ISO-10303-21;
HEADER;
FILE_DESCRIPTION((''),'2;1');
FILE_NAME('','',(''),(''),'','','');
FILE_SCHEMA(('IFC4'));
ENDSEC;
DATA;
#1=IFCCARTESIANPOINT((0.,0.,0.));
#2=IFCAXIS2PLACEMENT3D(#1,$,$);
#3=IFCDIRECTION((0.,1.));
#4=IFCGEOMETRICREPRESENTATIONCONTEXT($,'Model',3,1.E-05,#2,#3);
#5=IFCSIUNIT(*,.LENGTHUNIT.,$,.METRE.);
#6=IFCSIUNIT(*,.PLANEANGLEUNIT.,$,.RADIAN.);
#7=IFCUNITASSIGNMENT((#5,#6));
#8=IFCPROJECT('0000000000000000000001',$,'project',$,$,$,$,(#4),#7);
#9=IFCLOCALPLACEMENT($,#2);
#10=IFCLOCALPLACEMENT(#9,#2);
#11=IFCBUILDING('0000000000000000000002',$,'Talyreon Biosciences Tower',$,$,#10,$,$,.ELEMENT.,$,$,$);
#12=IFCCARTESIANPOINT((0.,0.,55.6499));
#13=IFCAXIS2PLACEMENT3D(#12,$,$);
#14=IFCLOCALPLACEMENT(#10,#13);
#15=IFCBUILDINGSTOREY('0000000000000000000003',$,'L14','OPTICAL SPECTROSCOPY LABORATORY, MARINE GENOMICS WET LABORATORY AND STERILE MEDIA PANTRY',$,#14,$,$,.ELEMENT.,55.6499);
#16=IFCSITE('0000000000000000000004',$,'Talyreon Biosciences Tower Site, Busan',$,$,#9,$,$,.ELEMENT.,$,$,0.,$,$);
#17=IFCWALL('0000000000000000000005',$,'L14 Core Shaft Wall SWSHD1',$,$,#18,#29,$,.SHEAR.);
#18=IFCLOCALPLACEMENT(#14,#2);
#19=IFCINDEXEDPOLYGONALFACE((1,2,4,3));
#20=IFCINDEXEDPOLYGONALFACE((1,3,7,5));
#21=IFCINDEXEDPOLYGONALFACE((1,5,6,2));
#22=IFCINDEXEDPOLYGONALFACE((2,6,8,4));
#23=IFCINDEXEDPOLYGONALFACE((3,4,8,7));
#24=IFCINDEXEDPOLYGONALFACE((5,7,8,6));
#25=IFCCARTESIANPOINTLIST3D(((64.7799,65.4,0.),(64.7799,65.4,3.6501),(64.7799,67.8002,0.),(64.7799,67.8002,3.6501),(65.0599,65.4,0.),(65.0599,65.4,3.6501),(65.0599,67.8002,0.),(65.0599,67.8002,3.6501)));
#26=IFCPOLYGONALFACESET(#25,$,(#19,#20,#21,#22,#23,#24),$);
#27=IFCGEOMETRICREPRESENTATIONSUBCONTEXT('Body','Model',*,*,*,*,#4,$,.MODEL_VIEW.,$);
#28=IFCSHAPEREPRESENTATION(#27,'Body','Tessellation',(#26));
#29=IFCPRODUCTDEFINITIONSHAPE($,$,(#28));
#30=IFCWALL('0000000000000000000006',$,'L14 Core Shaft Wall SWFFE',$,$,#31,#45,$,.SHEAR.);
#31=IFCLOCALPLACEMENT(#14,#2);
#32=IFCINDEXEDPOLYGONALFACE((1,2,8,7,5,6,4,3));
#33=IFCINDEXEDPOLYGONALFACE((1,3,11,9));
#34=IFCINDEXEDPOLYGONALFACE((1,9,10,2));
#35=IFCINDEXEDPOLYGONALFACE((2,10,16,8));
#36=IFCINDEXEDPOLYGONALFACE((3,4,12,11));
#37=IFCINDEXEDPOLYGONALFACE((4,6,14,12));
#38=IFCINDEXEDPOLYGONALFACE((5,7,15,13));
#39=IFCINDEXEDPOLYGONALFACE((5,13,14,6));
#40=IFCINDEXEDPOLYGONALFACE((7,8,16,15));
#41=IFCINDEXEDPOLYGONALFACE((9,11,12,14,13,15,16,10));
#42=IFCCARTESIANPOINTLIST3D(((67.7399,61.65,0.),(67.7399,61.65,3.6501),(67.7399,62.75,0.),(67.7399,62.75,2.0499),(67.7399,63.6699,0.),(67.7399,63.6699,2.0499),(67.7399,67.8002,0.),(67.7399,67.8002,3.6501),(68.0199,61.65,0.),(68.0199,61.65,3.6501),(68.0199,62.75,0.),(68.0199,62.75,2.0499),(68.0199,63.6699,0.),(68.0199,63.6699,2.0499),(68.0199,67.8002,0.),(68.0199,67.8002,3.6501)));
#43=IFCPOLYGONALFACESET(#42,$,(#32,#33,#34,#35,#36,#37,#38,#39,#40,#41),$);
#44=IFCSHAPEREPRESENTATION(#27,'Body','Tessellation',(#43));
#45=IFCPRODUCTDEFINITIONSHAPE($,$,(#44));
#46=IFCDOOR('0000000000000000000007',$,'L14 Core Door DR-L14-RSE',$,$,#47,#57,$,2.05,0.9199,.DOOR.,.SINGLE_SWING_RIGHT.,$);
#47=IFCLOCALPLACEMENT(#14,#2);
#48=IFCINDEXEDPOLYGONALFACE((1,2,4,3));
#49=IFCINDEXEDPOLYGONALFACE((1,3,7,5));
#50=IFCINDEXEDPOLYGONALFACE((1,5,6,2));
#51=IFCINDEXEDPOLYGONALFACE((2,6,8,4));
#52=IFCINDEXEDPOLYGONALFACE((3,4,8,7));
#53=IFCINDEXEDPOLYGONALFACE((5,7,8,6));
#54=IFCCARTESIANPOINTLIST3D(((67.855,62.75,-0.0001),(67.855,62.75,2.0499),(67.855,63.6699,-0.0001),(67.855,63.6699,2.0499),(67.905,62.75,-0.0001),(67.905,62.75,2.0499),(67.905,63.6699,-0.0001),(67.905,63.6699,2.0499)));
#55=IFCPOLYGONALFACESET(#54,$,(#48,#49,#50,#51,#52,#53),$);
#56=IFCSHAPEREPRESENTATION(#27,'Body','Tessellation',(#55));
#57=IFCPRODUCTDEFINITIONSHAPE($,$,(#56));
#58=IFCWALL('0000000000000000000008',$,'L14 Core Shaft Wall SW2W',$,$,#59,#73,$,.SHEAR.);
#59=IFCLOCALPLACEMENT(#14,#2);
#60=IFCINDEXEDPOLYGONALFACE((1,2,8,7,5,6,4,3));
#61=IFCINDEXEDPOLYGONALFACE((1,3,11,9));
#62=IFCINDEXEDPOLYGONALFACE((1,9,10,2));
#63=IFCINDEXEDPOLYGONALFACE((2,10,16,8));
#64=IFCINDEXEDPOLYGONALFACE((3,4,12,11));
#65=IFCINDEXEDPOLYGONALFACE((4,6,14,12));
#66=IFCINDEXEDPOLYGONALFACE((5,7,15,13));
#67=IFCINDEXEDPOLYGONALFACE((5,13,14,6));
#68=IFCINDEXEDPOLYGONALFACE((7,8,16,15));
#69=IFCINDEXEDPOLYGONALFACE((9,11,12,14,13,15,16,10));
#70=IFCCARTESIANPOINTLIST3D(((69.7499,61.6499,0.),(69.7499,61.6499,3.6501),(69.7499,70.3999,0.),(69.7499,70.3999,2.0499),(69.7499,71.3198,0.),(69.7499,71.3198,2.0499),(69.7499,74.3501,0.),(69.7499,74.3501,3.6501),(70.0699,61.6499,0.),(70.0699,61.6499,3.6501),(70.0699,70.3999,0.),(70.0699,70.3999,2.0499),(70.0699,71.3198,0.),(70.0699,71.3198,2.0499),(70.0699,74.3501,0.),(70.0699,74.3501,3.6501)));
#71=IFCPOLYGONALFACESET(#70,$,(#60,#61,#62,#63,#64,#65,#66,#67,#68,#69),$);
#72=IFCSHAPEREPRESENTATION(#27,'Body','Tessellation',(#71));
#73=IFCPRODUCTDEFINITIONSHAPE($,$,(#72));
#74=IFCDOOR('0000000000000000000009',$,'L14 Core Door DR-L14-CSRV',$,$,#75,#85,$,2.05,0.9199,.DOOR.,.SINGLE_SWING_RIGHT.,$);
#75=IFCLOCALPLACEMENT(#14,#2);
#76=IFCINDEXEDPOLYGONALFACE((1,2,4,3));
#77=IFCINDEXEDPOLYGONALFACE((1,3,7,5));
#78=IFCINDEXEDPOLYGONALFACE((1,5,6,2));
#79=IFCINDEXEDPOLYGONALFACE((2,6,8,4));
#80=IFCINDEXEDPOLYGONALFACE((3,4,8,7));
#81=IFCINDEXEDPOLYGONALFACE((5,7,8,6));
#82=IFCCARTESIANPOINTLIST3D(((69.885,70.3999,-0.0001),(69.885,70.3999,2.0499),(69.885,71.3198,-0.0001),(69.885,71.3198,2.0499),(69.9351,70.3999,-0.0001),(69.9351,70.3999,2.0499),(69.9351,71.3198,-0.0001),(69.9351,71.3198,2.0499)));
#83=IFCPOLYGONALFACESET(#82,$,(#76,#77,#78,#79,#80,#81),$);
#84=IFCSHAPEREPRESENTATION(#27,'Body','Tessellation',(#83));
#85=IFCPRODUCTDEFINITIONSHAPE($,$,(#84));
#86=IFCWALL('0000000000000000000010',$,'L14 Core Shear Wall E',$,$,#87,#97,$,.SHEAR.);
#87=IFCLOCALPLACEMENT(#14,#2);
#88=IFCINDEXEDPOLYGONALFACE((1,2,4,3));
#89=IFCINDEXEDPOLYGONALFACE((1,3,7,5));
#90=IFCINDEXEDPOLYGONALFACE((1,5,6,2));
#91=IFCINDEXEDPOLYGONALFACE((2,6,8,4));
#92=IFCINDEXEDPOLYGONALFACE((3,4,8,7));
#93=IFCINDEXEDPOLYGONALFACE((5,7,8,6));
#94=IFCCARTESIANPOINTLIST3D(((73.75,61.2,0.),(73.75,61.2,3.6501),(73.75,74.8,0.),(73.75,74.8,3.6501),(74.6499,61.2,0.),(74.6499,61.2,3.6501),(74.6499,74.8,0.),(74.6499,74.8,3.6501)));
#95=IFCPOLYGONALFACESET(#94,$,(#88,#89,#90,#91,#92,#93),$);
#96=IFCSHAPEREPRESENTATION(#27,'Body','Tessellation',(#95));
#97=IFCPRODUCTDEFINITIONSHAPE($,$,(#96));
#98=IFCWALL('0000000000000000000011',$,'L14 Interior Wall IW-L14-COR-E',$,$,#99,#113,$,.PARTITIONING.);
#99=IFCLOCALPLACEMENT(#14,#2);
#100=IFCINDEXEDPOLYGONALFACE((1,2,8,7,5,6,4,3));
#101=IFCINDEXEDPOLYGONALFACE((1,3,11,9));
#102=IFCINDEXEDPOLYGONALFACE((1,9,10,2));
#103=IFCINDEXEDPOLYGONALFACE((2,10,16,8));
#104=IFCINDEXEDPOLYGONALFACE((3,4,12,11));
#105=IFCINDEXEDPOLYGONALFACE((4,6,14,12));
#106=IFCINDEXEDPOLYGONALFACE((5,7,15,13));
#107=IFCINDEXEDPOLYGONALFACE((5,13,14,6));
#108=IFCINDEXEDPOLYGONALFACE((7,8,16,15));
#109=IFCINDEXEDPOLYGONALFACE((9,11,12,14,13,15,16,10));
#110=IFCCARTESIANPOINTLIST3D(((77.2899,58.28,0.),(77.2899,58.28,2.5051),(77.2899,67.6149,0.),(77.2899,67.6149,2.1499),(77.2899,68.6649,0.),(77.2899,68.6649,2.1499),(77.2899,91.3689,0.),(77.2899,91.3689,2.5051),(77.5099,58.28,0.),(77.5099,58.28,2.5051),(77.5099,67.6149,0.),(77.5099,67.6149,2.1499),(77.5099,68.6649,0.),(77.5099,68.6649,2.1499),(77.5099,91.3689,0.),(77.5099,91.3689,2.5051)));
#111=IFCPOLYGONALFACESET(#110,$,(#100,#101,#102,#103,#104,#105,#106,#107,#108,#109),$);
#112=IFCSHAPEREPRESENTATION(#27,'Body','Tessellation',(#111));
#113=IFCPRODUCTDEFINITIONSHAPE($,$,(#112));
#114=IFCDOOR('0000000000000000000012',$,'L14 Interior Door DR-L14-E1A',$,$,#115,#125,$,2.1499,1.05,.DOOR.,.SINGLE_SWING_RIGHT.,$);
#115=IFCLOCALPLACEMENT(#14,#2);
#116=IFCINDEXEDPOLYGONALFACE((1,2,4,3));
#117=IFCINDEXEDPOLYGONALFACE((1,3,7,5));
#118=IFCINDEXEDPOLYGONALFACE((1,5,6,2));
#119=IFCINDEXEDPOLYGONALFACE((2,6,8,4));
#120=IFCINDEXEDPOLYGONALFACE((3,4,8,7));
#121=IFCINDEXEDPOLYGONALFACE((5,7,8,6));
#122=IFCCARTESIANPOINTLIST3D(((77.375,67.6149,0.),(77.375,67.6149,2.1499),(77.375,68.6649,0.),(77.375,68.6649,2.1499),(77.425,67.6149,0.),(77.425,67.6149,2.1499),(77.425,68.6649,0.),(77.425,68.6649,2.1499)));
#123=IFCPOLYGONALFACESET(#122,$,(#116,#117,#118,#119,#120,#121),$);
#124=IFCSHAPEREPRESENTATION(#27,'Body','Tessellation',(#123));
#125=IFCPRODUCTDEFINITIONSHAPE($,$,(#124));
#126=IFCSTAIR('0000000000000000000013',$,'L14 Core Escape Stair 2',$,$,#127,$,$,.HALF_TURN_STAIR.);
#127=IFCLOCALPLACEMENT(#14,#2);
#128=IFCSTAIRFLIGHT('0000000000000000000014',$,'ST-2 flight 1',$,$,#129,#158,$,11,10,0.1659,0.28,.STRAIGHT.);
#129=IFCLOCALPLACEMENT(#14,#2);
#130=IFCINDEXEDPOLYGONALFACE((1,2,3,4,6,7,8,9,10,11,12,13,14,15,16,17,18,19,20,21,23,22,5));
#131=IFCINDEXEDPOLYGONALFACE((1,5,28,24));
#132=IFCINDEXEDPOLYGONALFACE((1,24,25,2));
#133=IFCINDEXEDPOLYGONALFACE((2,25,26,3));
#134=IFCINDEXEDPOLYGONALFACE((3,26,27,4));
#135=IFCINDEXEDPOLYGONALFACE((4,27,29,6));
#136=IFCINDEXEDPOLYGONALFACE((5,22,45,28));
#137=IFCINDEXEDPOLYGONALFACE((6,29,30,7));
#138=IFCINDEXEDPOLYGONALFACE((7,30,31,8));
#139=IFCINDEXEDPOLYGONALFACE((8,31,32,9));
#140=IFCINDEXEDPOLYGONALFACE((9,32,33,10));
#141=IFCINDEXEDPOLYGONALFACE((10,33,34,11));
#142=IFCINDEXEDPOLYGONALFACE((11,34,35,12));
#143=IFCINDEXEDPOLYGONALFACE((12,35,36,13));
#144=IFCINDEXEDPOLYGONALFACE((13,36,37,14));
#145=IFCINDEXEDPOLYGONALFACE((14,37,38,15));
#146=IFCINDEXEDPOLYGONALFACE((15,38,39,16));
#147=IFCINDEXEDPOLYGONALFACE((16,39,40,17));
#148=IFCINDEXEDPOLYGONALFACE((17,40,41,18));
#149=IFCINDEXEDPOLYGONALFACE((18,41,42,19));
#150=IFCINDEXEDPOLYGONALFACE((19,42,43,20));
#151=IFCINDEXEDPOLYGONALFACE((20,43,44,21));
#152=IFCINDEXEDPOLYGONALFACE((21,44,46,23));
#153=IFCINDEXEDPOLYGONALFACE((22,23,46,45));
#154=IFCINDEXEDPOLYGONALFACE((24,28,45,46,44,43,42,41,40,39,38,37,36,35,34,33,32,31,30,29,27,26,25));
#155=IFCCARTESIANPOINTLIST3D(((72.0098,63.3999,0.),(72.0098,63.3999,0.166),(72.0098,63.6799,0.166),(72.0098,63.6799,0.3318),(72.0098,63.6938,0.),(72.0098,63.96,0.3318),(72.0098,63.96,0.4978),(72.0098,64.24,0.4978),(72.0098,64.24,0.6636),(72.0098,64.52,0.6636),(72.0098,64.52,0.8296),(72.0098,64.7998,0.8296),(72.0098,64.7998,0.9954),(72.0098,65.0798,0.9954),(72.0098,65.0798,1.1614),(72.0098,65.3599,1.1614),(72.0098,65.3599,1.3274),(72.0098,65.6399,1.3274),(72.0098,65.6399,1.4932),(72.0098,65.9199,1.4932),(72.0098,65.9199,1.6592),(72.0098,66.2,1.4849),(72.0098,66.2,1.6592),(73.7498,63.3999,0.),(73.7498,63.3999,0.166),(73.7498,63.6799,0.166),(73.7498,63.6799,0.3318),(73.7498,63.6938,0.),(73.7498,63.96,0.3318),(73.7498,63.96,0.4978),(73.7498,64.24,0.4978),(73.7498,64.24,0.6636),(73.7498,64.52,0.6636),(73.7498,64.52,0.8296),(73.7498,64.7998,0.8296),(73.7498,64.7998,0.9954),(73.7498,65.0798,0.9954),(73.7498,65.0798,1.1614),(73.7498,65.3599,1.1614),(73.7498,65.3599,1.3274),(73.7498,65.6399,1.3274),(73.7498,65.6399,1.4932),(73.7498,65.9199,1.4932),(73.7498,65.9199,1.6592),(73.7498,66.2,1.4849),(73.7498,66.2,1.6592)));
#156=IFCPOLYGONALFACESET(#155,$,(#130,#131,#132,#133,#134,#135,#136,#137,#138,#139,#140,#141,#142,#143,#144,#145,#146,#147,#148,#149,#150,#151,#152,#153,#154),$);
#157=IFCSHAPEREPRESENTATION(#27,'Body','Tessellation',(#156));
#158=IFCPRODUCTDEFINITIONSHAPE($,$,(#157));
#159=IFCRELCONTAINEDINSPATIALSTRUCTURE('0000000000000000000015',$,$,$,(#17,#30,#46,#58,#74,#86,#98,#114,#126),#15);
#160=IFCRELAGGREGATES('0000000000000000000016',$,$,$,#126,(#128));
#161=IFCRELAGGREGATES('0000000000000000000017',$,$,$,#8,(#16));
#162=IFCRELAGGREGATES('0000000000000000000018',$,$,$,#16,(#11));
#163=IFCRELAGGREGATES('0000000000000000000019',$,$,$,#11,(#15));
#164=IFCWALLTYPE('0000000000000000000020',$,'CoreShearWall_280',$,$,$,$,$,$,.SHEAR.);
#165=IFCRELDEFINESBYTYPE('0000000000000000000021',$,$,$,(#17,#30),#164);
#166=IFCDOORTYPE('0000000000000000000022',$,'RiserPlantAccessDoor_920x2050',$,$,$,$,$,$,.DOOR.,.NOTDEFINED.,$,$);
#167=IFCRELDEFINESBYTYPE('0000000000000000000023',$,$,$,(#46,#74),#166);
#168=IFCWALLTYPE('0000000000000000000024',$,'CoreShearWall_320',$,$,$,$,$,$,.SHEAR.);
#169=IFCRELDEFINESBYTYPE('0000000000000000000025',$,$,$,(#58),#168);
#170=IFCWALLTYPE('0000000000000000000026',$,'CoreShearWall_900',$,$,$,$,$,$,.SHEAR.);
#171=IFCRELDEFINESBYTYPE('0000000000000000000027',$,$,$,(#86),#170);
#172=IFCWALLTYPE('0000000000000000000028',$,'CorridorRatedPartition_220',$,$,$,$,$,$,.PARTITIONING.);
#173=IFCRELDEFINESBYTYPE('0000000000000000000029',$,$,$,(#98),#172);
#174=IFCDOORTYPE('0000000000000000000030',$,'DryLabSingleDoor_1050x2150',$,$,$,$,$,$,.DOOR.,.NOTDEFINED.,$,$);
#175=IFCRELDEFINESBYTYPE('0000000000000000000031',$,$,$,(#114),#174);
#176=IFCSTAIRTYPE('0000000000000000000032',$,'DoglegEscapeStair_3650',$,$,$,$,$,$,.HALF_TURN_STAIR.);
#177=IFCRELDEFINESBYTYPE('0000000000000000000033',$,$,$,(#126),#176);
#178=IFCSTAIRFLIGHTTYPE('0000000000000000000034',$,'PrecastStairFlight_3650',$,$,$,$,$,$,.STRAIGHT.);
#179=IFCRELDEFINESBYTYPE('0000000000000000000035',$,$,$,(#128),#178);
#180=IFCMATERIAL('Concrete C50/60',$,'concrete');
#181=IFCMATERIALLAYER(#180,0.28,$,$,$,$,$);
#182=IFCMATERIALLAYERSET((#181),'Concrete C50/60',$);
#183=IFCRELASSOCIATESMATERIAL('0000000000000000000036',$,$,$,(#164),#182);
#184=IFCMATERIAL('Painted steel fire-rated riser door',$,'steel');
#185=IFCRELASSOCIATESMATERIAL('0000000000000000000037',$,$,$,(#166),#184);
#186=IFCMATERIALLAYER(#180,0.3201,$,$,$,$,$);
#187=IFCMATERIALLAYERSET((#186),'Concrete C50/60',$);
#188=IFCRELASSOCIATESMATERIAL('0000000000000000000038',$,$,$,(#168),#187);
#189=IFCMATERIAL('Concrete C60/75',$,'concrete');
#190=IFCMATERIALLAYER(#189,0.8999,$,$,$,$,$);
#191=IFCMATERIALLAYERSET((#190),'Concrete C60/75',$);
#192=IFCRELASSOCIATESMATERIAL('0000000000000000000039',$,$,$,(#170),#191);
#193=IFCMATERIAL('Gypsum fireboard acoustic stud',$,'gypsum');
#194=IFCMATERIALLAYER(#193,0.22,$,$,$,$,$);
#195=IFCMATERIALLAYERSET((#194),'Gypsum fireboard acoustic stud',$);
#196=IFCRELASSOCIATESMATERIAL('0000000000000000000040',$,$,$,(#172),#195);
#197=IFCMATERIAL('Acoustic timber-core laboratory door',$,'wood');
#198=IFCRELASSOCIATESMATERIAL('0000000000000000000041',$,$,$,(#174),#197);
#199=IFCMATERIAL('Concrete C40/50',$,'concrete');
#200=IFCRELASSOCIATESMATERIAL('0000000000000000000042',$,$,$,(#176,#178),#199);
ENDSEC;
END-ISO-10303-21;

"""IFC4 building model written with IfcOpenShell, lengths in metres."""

from ifc_helpers import new_model, si_unit, direction, frame, frame_2d, origin, place, context, subcontext, project, spatial, polyline, rectangle, outline, extrude, material, layer, layer_set, type_object, element, fill, aggregate, save


model = new_model("IFC4")

# Units and contexts
model_context = context("Model", 3, precision=1e-05, world=origin(), true_north=direction((0.0, 1.0)))
body_context = subcontext(model_context, "Body", "Model", "MODEL_VIEW")
ifc_project = project(units=[si_unit("LENGTHUNIT", "METRE"), si_unit("PLANEANGLEUNIT", "RADIAN")], contexts=[model_context])

# Site, building, storey
site_placement = place(None, origin())
site = spatial("IfcSite", under=ifc_project, at=site_placement, Name="Talyreon Biosciences Tower Site, Busan", CompositionType="ELEMENT", RefElevation=0.0)
building_placement = place(site_placement, origin())
building = spatial("IfcBuilding", under=site, at=building_placement, Name="Talyreon Biosciences Tower", CompositionType="ELEMENT")
storey_placement = place(building_placement, frame((0.0, 0.0, 55.6499)))
storey = spatial("IfcBuildingStorey", under=building, at=storey_placement, Name="L14", Description="OPTICAL SPECTROSCOPY LABORATORY, MARINE GENOMICS WET LABORATORY AND STERILE MEDIA PANTRY", CompositionType="ELEMENT", Elevation=55.6499)

# Shared definitions
ifc_material_1 = material(Name="Concrete C60/75", Category="concrete")

# Wall
ifc_material_2 = material(Name="Concrete C50/60", Category="concrete")
ifc_layer_1 = layer(ifc_material_2, 0.28)
ifc_layer_set_1 = layer_set([ifc_layer_1], Name="Concrete C50/60")
wall_type_1 = type_object("IfcWallType", Name="CoreShearWall_280", PredefinedType="SHEAR", material=ifc_layer_set_1)
wall_1_placement = place(storey_placement, frame((64.9199, 65.3999, 0.0), z_axis=(0.0, 0.0, 1.0), x_axis=(0.0, 1.0, 0.0)))
element("IfcWall", 1, at=wall_1_placement, inside=storey, type_object=wall_type_1, Name="L14 Core Shaft Wall SWSHD1", PredefinedType="SHEAR", context=body_context, shape_type="SweptSolid", body=[
    extrude(rectangle(XDim=2.4001, YDim=0.28, at=frame_2d((1.2002, 0.0))), origin(), (0.0, 0.0, 1.0), 3.6501),
])

# Walls, openings, doors
wall_2_placement = place(storey_placement, frame((67.8799, 61.6499, 0.0), z_axis=(0.0, 0.0, 1.0), x_axis=(0.0, 1.0, 0.0)))
wall_2 = element("IfcWall", 2, at=wall_2_placement, inside=storey, type_object=wall_type_1, Name="L14 Core Shaft Wall SWFFE", PredefinedType="SHEAR", context=body_context, shape_type="SweptSolid", body=[
    extrude(rectangle(XDim=6.1501, YDim=0.28, at=frame_2d((3.0752, 0.0))), origin(), (0.0, 0.0, 1.0), 3.6501),
])
opening_1_placement = place(wall_2_placement, frame((1.1001, 0.0, 0.0)))
opening_1 = element("IfcOpeningElement", 3, at=opening_1_placement, cuts=wall_2, PredefinedType="OPENING", context=body_context, shape_type="SweptSolid", body=[
    extrude(rectangle(XDim=0.9199, YDim=2.05, at=frame_2d((0.46, 1.0249))), frame((0.0, 0.1499, 0.0), z_axis=(0.0, -1.0, 0.0), x_axis=(1.0, 0.0, 0.0)), (0.0, 0.0, 1.0), 0.3),
])
ifc_material_3 = material(Name="Painted steel fire-rated riser door", Category="steel")
door_type_1 = type_object("IfcDoorType", Name="RiserPlantAccessDoor_920x2050", OperationType="NOTDEFINED", PredefinedType="DOOR", material=ifc_material_3)
door_1_placement = place(opening_1_placement, origin())
door_1 = element("IfcDoor", 4, at=door_1_placement, inside=storey, type_object=door_type_1, Name="L14 Core Door DR-L14-RSE", OperationType="SINGLE_SWING_RIGHT", OverallHeight=2.05, OverallWidth=0.9199, PredefinedType="DOOR", context=body_context, shape_type="SweptSolid", body=[
    extrude(rectangle(XDim=0.9199, YDim=2.05, at=frame_2d((0.46, 1.0249))), frame((0.0, 0.0249, 0.0), z_axis=(0.0, -1.0, 0.0), x_axis=(1.0, 0.0, 0.0)), (0.0, 0.0, 1.0), 0.05),
])
fill(opening_1, door_1)
ifc_layer_2 = layer(ifc_material_2, 0.3201)
ifc_layer_set_2 = layer_set([ifc_layer_2], Name="Concrete C50/60")
wall_type_2 = type_object("IfcWallType", Name="CoreShearWall_320", PredefinedType="SHEAR", material=ifc_layer_set_2)
wall_3_placement = place(storey_placement, frame((69.9099, 61.6499, 0.0), z_axis=(0.0, 0.0, 1.0), x_axis=(0.0, 1.0, 0.0)))
wall_3 = element("IfcWall", 5, at=wall_3_placement, inside=storey, type_object=wall_type_2, Name="L14 Core Shaft Wall SW2W", PredefinedType="SHEAR", context=body_context, shape_type="SweptSolid", body=[
    extrude(rectangle(XDim=12.7002, YDim=0.3201, at=frame_2d((6.3501, 0.0))), origin(), (0.0, 0.0, 1.0), 3.6501),
])
opening_2_placement = place(wall_3_placement, frame((8.75, 0.0, 0.0)))
opening_2 = element("IfcOpeningElement", 6, at=opening_2_placement, cuts=wall_3, PredefinedType="OPENING", context=body_context, shape_type="SweptSolid", body=[
    extrude(rectangle(XDim=0.9199, YDim=2.05, at=frame_2d((0.46, 1.0249))), frame((0.0, 0.1699, 0.0), z_axis=(0.0, -1.0, 0.0), x_axis=(1.0, 0.0, 0.0)), (0.0, 0.0, 1.0), 0.3401),
])
door_2_placement = place(opening_2_placement, origin())
door_2 = element("IfcDoor", 7, at=door_2_placement, inside=storey, type_object=door_type_1, Name="L14 Core Door DR-L14-CSRV", OperationType="SINGLE_SWING_RIGHT", OverallHeight=2.05, OverallWidth=0.9199, PredefinedType="DOOR", context=body_context, shape_type="SweptSolid", body=[
    extrude(rectangle(XDim=0.9199, YDim=2.05, at=frame_2d((0.46, 1.0249))), frame((0.0, 0.0249, 0.0), z_axis=(0.0, -1.0, 0.0), x_axis=(1.0, 0.0, 0.0)), (0.0, 0.0, 1.0), 0.05),
])
fill(opening_2, door_2)

# Wall
ifc_layer_3 = layer(ifc_material_1, 0.8999)
ifc_layer_set_3 = layer_set([ifc_layer_3], Name="Concrete C60/75")
wall_type_3 = type_object("IfcWallType", Name="CoreShearWall_900", PredefinedType="SHEAR", material=ifc_layer_set_3)
wall_4_placement = place(storey_placement, frame((74.2, 61.2, 0.0), z_axis=(0.0, 0.0, 1.0), x_axis=(0.0, 1.0, 0.0)))
element("IfcWall", 8, at=wall_4_placement, inside=storey, type_object=wall_type_3, Name="L14 Core Shear Wall E", PredefinedType="SHEAR", context=body_context, shape_type="SweptSolid", body=[
    extrude(rectangle(XDim=13.6001, YDim=0.8999, at=frame_2d((6.8, 0.0))), origin(), (0.0, 0.0, 1.0), 3.6501),
])

# Wall, opening, door
ifc_material_4 = material(Name="Gypsum fireboard acoustic stud", Category="gypsum")
ifc_layer_4 = layer(ifc_material_4, 0.22)
ifc_layer_set_4 = layer_set([ifc_layer_4], Name="Gypsum fireboard acoustic stud")
wall_type_4 = type_object("IfcWallType", Name="CorridorRatedPartition_220", PredefinedType="PARTITIONING", material=ifc_layer_set_4)
wall_5_placement = place(storey_placement, frame((77.3999, 58.28, 0.0), z_axis=(0.0, 0.0, 1.0), x_axis=(0.0, 1.0, 0.0)))
wall_5 = element("IfcWall", 9, at=wall_5_placement, inside=storey, type_object=wall_type_4, Name="L14 Interior Wall IW-L14-COR-E", PredefinedType="PARTITIONING", context=body_context, shape_type="SweptSolid", body=[
    extrude(rectangle(XDim=33.0889, YDim=0.22, at=frame_2d((16.5444, 0.0))), origin(), (0.0, 0.0, 1.0), 2.5051),
])
opening_3_placement = place(wall_5_placement, frame((9.335, 0.0, 0.0)))
opening_3 = element("IfcOpeningElement", 10, at=opening_3_placement, cuts=wall_5, PredefinedType="OPENING", context=body_context, shape_type="SweptSolid", body=[
    extrude(rectangle(XDim=1.05, YDim=2.1499, at=frame_2d((0.5249, 1.075))), frame((0.0, 0.1199, 0.0), z_axis=(0.0, -1.0, 0.0), x_axis=(1.0, 0.0, 0.0)), (0.0, 0.0, 1.0), 0.24),
])
ifc_material_5 = material(Name="Acoustic timber-core laboratory door", Category="wood")
door_type_2 = type_object("IfcDoorType", Name="DryLabSingleDoor_1050x2150", OperationType="NOTDEFINED", PredefinedType="DOOR", material=ifc_material_5)
door_3_placement = place(opening_3_placement, origin())
door_3 = element("IfcDoor", 11, at=door_3_placement, inside=storey, type_object=door_type_2, Name="L14 Interior Door DR-L14-E1A", OperationType="SINGLE_SWING_RIGHT", OverallHeight=2.1499, OverallWidth=1.05, PredefinedType="DOOR", context=body_context, shape_type="SweptSolid", body=[
    extrude(rectangle(XDim=1.05, YDim=2.1499, at=frame_2d((0.5249, 1.075))), frame((0.0, 0.0249, 0.0), z_axis=(0.0, -1.0, 0.0), x_axis=(1.0, 0.0, 0.0)), (0.0, 0.0, 1.0), 0.05),
])
fill(opening_3, door_3)

# Stair, stair flight
ifc_material_6 = material(Name="Concrete C40/50", Category="concrete")
stair_type = type_object("IfcStairType", Name="DoglegEscapeStair_3650", PredefinedType="HALF_TURN_STAIR", material=ifc_material_6)
stair_placement = place(storey_placement, origin())
stair = element("IfcStair", 12, at=stair_placement, inside=storey, type_object=stair_type, Name="L14 Core Escape Stair 2", PredefinedType="HALF_TURN_STAIR")
stair_flight_type = type_object("IfcStairFlightType", Name="PrecastStairFlight_3650", PredefinedType="STRAIGHT", material=ifc_material_6)
stair_flight_1_placement = place(storey_placement, frame((72.8799, 63.3999, 0.0), z_axis=(0.0, 0.0, 1.0), x_axis=(0.0, 1.0, 0.0)))
stair_flight_1 = element("IfcStairFlight", 13, at=stair_flight_1_placement, type_object=stair_flight_type, Name="ST-2 flight 1", NumberOfRisers=11, NumberOfTreads=10, PredefinedType="STRAIGHT", RiserHeight=0.1659, TreadLength=0.28, context=body_context, shape_type="SweptSolid", body=[
    extrude(outline(polyline([(0.0, 0.0), (0.0, 0.166), (0.28, 0.166), (0.28, 0.3318), (0.5601, 0.3318), (0.5601, 0.4978), (0.8401, 0.4978), (0.8401, 0.6636), (1.1201, 0.6636), (1.1201, 0.8296), (1.3999, 0.8296), (1.3999, 0.9954), (1.6799, 0.9954), (1.6799, 1.1614), (1.96, 1.1614), (1.96, 1.3274), (2.24, 1.3274), (2.24, 1.4932), (2.52, 1.4932), (2.52, 1.6592), (2.8, 1.6592), (2.8, 1.825), (2.8, 1.4849), (0.2939, 0.0), (0.0, 0.0)])), frame((0.0, 0.8701, 0.0), z_axis=(0.0, -1.0, 0.0), x_axis=(1.0, 0.0, 0.0)), (0.0, 0.0, 1.0), 1.74),
])
aggregate(stair, [stair_flight_1])

save(model, "model.ifc")
